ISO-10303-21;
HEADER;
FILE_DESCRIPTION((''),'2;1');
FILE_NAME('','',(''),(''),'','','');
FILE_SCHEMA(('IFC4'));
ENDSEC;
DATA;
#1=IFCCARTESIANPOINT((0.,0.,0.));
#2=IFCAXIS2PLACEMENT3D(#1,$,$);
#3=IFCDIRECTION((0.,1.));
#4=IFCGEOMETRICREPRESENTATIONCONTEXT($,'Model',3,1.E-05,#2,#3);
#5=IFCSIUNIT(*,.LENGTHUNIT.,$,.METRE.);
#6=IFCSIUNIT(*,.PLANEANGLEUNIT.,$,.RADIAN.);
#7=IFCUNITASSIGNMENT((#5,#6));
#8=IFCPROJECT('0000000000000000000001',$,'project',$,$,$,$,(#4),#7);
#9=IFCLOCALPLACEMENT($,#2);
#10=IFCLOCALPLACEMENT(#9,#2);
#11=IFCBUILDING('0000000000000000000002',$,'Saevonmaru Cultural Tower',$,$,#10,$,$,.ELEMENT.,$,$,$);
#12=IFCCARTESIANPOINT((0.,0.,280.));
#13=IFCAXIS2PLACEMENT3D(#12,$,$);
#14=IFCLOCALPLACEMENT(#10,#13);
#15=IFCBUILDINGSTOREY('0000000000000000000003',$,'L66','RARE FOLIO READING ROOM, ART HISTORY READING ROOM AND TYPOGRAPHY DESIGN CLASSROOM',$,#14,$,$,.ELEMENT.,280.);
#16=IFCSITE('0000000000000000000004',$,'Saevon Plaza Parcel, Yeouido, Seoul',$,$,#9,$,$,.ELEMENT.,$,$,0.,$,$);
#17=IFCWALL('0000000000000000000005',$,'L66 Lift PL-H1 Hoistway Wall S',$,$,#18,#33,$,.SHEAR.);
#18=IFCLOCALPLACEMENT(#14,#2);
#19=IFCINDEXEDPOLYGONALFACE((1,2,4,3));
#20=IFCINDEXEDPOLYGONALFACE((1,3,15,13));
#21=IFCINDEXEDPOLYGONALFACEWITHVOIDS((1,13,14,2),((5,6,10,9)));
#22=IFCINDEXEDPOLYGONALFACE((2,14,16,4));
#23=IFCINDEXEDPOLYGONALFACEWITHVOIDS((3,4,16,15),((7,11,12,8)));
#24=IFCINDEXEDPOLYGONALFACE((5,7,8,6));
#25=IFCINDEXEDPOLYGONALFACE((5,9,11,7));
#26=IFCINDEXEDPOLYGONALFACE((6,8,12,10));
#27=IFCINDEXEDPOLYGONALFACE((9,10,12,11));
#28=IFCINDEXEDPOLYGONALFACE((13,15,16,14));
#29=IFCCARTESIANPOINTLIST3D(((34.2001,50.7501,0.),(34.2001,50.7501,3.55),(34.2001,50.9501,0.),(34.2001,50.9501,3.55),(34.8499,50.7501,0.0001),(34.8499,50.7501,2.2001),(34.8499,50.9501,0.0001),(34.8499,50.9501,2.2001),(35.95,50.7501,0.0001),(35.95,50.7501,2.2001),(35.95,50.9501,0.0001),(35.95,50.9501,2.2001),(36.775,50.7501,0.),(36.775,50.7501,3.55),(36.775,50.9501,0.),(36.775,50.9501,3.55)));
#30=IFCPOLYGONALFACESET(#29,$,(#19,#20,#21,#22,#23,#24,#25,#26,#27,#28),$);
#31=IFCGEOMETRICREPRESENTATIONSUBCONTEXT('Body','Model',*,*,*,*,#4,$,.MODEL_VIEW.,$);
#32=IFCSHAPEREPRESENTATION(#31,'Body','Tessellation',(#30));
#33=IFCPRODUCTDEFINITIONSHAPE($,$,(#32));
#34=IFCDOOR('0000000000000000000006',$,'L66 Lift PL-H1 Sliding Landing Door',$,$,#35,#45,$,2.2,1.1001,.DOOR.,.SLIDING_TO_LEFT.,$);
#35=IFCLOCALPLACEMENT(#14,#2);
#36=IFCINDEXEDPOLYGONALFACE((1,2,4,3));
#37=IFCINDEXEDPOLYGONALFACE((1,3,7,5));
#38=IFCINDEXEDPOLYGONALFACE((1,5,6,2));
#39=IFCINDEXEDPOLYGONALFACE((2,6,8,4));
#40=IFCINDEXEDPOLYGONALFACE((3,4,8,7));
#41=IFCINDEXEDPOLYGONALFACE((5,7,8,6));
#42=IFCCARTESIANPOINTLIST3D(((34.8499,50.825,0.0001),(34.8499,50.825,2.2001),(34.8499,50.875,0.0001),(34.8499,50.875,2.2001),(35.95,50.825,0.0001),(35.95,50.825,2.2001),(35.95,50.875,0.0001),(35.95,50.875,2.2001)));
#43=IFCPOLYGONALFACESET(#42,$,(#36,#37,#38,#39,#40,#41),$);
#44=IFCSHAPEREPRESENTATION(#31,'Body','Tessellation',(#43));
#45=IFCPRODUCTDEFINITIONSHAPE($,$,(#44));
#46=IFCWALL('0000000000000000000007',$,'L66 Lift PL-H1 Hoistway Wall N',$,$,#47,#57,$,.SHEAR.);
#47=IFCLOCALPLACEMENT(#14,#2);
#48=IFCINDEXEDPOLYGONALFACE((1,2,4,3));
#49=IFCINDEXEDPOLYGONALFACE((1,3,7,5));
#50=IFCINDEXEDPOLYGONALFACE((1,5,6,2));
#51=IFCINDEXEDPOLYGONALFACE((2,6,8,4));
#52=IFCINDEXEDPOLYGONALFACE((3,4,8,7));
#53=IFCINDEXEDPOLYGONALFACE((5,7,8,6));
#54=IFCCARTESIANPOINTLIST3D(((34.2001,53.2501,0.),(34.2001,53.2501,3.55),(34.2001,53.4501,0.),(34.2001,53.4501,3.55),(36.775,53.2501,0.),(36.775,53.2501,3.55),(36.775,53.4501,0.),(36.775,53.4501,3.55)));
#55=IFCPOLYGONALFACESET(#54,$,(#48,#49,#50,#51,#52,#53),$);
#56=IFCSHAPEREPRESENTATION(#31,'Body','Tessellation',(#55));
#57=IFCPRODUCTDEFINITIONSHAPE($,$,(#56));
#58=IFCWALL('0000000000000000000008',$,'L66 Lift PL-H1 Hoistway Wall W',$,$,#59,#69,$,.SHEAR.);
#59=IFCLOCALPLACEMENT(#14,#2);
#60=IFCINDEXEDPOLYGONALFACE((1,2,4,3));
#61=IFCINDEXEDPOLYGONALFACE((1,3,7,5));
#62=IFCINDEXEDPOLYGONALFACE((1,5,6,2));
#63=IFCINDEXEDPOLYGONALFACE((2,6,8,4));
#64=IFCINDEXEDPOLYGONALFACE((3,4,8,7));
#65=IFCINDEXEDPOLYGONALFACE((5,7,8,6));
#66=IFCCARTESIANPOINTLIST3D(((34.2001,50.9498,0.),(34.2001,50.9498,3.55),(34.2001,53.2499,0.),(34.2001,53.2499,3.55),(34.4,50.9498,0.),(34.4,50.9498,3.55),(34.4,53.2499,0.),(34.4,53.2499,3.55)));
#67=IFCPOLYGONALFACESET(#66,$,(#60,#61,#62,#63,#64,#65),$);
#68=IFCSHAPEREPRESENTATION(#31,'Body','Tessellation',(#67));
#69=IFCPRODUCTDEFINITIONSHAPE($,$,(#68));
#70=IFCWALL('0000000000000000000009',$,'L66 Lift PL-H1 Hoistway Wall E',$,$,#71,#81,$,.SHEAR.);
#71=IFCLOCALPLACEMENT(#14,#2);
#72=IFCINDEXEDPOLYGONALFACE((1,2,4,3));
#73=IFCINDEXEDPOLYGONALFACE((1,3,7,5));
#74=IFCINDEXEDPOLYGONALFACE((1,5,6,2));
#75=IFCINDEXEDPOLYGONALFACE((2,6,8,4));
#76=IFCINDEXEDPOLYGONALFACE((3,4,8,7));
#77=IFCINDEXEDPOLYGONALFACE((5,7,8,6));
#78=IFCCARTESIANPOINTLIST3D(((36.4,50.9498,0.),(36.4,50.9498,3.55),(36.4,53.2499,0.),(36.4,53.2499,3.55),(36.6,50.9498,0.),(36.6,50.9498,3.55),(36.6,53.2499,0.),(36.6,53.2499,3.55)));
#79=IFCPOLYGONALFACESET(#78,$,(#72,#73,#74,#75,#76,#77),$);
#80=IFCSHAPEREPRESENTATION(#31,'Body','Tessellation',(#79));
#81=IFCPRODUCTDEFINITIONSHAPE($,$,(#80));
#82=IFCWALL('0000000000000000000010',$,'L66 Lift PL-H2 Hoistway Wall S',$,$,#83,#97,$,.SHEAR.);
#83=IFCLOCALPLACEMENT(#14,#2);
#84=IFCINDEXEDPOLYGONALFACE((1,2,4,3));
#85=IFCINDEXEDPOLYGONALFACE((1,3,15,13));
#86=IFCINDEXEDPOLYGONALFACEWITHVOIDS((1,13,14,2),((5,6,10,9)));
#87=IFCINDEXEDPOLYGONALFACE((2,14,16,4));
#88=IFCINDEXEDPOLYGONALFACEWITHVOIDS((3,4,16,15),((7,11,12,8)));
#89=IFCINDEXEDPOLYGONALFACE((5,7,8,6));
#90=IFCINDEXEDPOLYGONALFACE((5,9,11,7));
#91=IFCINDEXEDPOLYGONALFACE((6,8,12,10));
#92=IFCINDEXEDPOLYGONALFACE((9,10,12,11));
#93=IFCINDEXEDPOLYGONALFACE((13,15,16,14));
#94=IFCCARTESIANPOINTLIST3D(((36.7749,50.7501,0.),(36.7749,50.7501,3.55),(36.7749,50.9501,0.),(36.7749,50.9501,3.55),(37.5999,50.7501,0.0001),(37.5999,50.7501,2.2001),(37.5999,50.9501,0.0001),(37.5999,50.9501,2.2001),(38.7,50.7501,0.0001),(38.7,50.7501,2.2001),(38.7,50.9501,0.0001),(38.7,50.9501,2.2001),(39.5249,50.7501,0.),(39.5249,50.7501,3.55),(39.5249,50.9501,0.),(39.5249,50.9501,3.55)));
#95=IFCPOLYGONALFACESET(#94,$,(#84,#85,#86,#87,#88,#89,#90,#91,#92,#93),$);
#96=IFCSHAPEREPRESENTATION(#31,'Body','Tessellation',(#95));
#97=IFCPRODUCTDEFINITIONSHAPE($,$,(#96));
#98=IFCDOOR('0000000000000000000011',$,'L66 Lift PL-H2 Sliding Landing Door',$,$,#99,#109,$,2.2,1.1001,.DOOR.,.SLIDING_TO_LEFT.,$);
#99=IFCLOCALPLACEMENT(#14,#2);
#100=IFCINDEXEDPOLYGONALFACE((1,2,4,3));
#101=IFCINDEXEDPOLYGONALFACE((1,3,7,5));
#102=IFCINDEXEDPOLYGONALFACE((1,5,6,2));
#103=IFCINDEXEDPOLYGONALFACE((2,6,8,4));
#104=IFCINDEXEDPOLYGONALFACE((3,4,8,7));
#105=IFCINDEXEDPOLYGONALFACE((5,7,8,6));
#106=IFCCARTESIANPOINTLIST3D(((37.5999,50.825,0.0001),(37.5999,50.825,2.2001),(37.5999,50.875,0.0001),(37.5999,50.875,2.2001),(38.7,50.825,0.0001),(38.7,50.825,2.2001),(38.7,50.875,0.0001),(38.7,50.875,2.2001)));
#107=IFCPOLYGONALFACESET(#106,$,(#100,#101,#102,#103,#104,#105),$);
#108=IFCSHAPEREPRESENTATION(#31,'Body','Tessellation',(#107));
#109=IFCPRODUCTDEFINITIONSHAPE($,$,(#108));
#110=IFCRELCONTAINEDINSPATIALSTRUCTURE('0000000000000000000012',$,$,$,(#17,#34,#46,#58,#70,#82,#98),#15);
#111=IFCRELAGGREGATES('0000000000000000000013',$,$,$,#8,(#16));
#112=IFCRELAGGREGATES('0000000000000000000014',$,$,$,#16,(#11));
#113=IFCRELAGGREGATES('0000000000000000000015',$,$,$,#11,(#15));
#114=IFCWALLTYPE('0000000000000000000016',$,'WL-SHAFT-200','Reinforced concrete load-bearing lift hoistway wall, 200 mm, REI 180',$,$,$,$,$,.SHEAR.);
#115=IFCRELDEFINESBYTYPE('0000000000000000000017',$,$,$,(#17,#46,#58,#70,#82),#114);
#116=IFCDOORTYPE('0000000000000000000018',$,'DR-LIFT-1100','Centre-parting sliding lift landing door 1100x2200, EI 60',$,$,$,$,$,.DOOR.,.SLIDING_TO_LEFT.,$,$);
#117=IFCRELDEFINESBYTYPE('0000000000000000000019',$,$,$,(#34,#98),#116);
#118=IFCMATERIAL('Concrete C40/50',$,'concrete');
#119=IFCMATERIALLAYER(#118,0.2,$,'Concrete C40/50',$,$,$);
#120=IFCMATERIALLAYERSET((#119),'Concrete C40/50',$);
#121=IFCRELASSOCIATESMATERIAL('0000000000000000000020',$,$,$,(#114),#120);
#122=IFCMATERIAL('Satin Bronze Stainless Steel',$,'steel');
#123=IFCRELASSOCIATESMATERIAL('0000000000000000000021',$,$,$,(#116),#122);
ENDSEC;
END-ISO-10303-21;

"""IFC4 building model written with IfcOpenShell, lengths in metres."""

from ifc_helpers import new_model, si_unit, direction, frame, frame_2d, origin, place, context, subcontext, project, spatial, rectangle, extrude, material, layer, layer_set, type_object, element, fill, save


model = new_model("IFC4")

# Units and contexts
model_context = context("Model", 3, precision=1e-05, world=origin(), true_north=direction((0.0, 1.0)))
body_context = subcontext(model_context, "Body", "Model", "MODEL_VIEW")
ifc_project = project(units=[si_unit("LENGTHUNIT", "METRE"), si_unit("PLANEANGLEUNIT", "RADIAN")], contexts=[model_context])

# Site, building, storey
site_placement = place(None, origin())
site = spatial("IfcSite", under=ifc_project, at=site_placement, Name="Saevon Plaza Parcel, Yeouido, Seoul", CompositionType="ELEMENT", RefElevation=0.0)
building_placement = place(site_placement, origin())
building = spatial("IfcBuilding", under=site, at=building_placement, Name="Saevonmaru Cultural Tower", CompositionType="ELEMENT")
storey_placement = place(building_placement, frame((0.0, 0.0, 280.0)))
storey = spatial("IfcBuildingStorey", under=building, at=storey_placement, Name="L66", Description="RARE FOLIO READING ROOM, ART HISTORY READING ROOM AND TYPOGRAPHY DESIGN CLASSROOM", CompositionType="ELEMENT", Elevation=280.0)

# Wall, opening, door
ifc_material_1 = material(Name="Concrete C40/50", Category="concrete")
ifc_layer_1 = layer(ifc_material_1, 0.2, Name="Concrete C40/50")
ifc_layer_set_1 = layer_set([ifc_layer_1], Name="Concrete C40/50")
wall_type_1 = type_object("IfcWallType", Name="WL-SHAFT-200", Description="Reinforced concrete load-bearing lift hoistway wall, 200 mm, REI 180", PredefinedType="SHEAR", material=ifc_layer_set_1)
wall_1_placement = place(storey_placement, frame((34.2, 50.8501, 0.0), z_axis=(0.0, 0.0, 1.0), x_axis=(1.0, 0.0, 0.0)))
wall_1 = element("IfcWall", 1, at=wall_1_placement, inside=storey, type_object=wall_type_1, Name="L66 Lift PL-H1 Hoistway Wall S", PredefinedType="SHEAR", context=body_context, shape_type="SweptSolid", body=[
    extrude(rectangle(XDim=2.575, YDim=0.2, at=frame_2d((1.2876, 0.0))), origin(), (0.0, 0.0, 1.0), 3.55),
])
opening_1_placement = place(wall_1_placement, frame((0.6499, 0.0, 0.0)))
opening_1 = element("IfcOpeningElement", 2, at=opening_1_placement, cuts=wall_1, PredefinedType="OPENING", context=body_context, shape_type="SweptSolid", body=[
    extrude(rectangle(XDim=1.1001, YDim=2.2, at=frame_2d((0.55, 1.1001))), frame((0.0, 0.1099, 0.0), z_axis=(0.0, -1.0, 0.0), x_axis=(1.0, 0.0, 0.0)), (0.0, 0.0, 1.0), 0.22),
])
ifc_material_2 = material(Name="Satin Bronze Stainless Steel", Category="steel")
door_type_1 = type_object("IfcDoorType", Name="DR-LIFT-1100", Description="Centre-parting sliding lift landing door 1100x2200, EI 60", OperationType="SLIDING_TO_LEFT", PredefinedType="DOOR", material=ifc_material_2)
door_1_placement = place(opening_1_placement, origin())
door_1 = element("IfcDoor", 3, at=door_1_placement, inside=storey, type_object=door_type_1, Name="L66 Lift PL-H1 Sliding Landing Door", OperationType="SLIDING_TO_LEFT", OverallHeight=2.2, OverallWidth=1.1001, PredefinedType="DOOR", context=body_context, shape_type="SweptSolid", body=[
    extrude(rectangle(XDim=1.1001, YDim=2.2, at=frame_2d((0.55, 1.1001))), frame((0.0, 0.0249, 0.0), z_axis=(0.0, -1.0, 0.0), x_axis=(1.0, 0.0, 0.0)), (0.0, 0.0, 1.0), 0.05),
])
fill(opening_1, door_1)

# Walls
wall_2_placement = place(storey_placement, frame((34.2, 53.3501, 0.0), z_axis=(0.0, 0.0, 1.0), x_axis=(1.0, 0.0, 0.0)))
element("IfcWall", 4, at=wall_2_placement, inside=storey, type_object=wall_type_1, Name="L66 Lift PL-H1 Hoistway Wall N", PredefinedType="SHEAR", context=body_context, shape_type="SweptSolid", body=[
    extrude(rectangle(XDim=2.575, YDim=0.2, at=frame_2d((1.2876, 0.0))), origin(), (0.0, 0.0, 1.0), 3.55),
])
for number, where, z_axis, x_axis, name in (
    (5, (34.3, 50.95, 0.0), (0.0, 0.0, 1.0), (0.0, 1.0, 0.0), "L66 Lift PL-H1 Hoistway Wall W"),
    (6, (36.5, 50.95, 0.0), (0.0, 0.0, 1.0), (0.0, 1.0, 0.0), "L66 Lift PL-H1 Hoistway Wall E"),
):
    element("IfcWall", number, at=place(storey_placement, frame(where, z_axis=z_axis, x_axis=x_axis)), inside=storey, type_object=wall_type_1, Name=name, PredefinedType="SHEAR", context=body_context, shape_type="SweptSolid", body=[
        extrude(rectangle(XDim=2.3, YDim=0.2, at=frame_2d((1.1499, 0.0))), origin(), (0.0, 0.0, 1.0), 3.55),
    ])

# Wall, opening, door
wall_3_placement = place(storey_placement, frame((36.7749, 50.8501, 0.0), z_axis=(0.0, 0.0, 1.0), x_axis=(1.0, 0.0, 0.0)))
wall_3 = element("IfcWall", 7, at=wall_3_placement, inside=storey, type_object=wall_type_1, Name="L66 Lift PL-H2 Hoistway Wall S", PredefinedType="SHEAR", context=body_context, shape_type="SweptSolid", body=[
    extrude(rectangle(XDim=2.75, YDim=0.2, at=frame_2d((1.375, 0.0))), origin(), (0.0, 0.0, 1.0), 3.55),
])
opening_2_placement = place(wall_3_placement, frame((0.825, 0.0, 0.0)))
opening_2 = element("IfcOpeningElement", 8, at=opening_2_placement, cuts=wall_3, PredefinedType="OPENING", context=body_context, shape_type="SweptSolid", body=[
    extrude(rectangle(XDim=1.1001, YDim=2.2, at=frame_2d((0.55, 1.1001))), frame((0.0, 0.1099, 0.0), z_axis=(0.0, -1.0, 0.0), x_axis=(1.0, 0.0, 0.0)), (0.0, 0.0, 1.0), 0.22),
])
door_2_placement = place(opening_2_placement, origin())
door_2 = element("IfcDoor", 9, at=door_2_placement, inside=storey, type_object=door_type_1, Name="L66 Lift PL-H2 Sliding Landing Door", OperationType="SLIDING_TO_LEFT", OverallHeight=2.2, OverallWidth=1.1001, PredefinedType="DOOR", context=body_context, shape_type="SweptSolid", body=[
    extrude(rectangle(XDim=1.1001, YDim=2.2, at=frame_2d((0.55, 1.1001))), frame((0.0, 0.0249, 0.0), z_axis=(0.0, -1.0, 0.0), x_axis=(1.0, 0.0, 0.0)), (0.0, 0.0, 1.0), 0.05),
])
fill(opening_2, door_2)

save(model, "model.ifc")
